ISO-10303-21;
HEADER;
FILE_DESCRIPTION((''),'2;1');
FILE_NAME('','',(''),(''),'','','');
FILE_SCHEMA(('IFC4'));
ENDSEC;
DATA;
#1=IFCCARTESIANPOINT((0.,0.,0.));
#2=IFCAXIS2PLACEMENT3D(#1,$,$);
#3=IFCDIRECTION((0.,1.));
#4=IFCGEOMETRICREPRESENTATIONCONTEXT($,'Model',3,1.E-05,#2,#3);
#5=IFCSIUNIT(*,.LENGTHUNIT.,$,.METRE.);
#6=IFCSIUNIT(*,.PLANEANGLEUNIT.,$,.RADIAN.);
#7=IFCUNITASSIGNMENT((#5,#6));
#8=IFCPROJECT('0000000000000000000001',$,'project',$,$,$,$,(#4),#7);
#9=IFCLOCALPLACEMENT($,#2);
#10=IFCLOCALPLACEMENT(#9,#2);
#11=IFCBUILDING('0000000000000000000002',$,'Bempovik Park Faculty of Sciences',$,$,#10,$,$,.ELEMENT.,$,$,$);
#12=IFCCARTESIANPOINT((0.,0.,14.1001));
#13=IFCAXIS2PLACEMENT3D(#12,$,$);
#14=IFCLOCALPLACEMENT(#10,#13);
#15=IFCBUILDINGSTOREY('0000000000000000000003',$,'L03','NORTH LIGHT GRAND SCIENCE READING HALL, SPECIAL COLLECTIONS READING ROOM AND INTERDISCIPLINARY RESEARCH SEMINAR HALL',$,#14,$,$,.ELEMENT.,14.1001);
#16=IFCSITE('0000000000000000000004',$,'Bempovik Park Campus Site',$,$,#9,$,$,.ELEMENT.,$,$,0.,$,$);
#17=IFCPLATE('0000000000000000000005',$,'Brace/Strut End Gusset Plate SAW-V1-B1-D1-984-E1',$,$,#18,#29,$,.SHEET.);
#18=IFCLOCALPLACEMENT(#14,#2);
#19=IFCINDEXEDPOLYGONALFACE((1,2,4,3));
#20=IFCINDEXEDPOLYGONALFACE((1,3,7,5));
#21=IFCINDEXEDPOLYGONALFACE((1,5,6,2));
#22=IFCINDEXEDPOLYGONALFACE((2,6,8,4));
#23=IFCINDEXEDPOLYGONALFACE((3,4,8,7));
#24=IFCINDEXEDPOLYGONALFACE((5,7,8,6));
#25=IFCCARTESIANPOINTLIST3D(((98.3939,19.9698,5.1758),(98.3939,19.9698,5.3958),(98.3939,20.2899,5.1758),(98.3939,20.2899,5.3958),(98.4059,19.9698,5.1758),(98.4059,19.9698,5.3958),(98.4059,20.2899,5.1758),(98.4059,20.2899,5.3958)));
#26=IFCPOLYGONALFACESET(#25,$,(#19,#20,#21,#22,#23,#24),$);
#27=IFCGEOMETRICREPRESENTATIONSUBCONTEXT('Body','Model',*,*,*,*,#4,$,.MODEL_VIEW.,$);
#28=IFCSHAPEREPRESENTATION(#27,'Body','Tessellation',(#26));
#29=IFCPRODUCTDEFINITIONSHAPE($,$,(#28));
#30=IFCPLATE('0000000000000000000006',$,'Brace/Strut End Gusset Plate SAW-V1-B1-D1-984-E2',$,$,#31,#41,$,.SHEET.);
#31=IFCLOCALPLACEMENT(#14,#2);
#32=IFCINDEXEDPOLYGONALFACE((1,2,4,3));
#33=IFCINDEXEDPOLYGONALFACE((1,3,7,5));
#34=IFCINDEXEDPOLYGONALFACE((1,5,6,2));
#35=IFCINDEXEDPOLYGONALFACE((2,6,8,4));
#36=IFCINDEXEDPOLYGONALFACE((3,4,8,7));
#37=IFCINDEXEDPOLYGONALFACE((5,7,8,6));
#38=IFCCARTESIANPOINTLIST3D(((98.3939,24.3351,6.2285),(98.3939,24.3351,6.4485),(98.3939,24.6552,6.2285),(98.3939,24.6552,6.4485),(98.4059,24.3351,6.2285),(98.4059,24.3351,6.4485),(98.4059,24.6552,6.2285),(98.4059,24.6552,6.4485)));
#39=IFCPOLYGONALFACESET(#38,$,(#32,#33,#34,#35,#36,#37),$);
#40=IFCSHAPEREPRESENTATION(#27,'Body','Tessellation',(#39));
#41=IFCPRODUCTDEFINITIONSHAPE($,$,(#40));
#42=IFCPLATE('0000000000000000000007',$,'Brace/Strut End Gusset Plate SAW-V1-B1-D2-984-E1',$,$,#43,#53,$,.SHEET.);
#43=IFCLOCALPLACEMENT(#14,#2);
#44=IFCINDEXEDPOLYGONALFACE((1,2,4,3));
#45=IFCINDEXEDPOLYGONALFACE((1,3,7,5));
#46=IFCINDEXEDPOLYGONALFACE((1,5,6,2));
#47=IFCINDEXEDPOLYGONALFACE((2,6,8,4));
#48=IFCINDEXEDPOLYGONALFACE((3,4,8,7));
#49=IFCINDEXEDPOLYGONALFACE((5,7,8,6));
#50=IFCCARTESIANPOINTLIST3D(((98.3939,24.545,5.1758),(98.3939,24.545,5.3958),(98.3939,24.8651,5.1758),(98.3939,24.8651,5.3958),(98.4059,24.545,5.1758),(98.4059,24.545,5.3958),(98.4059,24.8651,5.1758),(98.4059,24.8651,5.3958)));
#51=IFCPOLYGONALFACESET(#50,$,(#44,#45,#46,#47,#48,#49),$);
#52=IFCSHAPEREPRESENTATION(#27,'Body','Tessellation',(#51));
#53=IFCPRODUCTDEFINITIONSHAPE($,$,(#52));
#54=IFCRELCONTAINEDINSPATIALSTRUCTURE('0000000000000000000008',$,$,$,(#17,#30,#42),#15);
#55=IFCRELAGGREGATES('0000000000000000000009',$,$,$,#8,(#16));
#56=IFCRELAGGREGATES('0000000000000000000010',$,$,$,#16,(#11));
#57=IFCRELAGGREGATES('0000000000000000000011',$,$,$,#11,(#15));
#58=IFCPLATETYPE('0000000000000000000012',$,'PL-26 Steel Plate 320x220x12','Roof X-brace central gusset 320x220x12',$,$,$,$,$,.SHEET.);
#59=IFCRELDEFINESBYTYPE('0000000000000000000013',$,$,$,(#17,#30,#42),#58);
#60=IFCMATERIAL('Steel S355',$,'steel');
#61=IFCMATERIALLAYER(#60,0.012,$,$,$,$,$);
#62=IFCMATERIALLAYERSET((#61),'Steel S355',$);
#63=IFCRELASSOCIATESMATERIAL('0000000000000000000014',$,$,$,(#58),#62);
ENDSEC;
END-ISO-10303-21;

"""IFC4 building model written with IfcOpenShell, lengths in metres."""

from ifc_helpers import new_model, si_unit, direction, frame, origin, origin_2d, place, context, subcontext, project, spatial, rectangle, extrude, material, layer, layer_set, type_object, element, save


model = new_model("IFC4")

# Units and contexts
model_context = context("Model", 3, precision=1e-05, world=origin(), true_north=direction((0.0, 1.0)))
body_context = subcontext(model_context, "Body", "Model", "MODEL_VIEW")
ifc_project = project(units=[si_unit("LENGTHUNIT", "METRE"), si_unit("PLANEANGLEUNIT", "RADIAN")], contexts=[model_context])

# Site, building, storey
site_placement = place(None, origin())
site = spatial("IfcSite", under=ifc_project, at=site_placement, Name="Bempovik Park Campus Site", CompositionType="ELEMENT", RefElevation=0.0)
building_placement = place(site_placement, origin())
building = spatial("IfcBuilding", under=site, at=building_placement, Name="Bempovik Park Faculty of Sciences", CompositionType="ELEMENT")
storey_placement = place(building_placement, frame((0.0, 0.0, 14.1001)))
storey = spatial("IfcBuildingStorey", under=building, at=storey_placement, Name="L03", Description="NORTH LIGHT GRAND SCIENCE READING HALL, SPECIAL COLLECTIONS READING ROOM AND INTERDISCIPLINARY RESEARCH SEMINAR HALL", CompositionType="ELEMENT", Elevation=14.1001)

# Shared definitions
ifc_material_1 = material(Name="Steel S355", Category="steel")

# Plates
ifc_layer_1 = layer(ifc_material_1, 0.012)
ifc_layer_set_1 = layer_set([ifc_layer_1], Name="Steel S355")
plate_type_1 = type_object("IfcPlateType", Name="PL-26 Steel Plate 320x220x12", Description="Roof X-brace central gusset 320x220x12", PredefinedType="SHEET", material=ifc_layer_set_1)
for number, where, z_axis, x_axis, name in (
    (1, (98.3999, 20.1299, 5.1758), (0.0, 0.0, 1.0), (1.0, 0.0, 0.0), "Brace/Strut End Gusset Plate SAW-V1-B1-D1-984-E1"),
    (2, (98.3999, 24.4951, 6.2285), (0.0, 0.0, 1.0), (1.0, 0.0, 0.0), "Brace/Strut End Gusset Plate SAW-V1-B1-D1-984-E2"),
    (3, (98.3999, 24.7051, 5.1758), (0.0, 0.0, 1.0), (1.0, 0.0, 0.0), "Brace/Strut End Gusset Plate SAW-V1-B1-D2-984-E1"),
):
    element("IfcPlate", number, at=place(storey_placement, frame(where, z_axis=z_axis, x_axis=x_axis)), inside=storey, type_object=plate_type_1, Name=name, PredefinedType="SHEET", context=body_context, shape_type="SweptSolid", body=[
        extrude(rectangle(XDim=0.012, YDim=0.3201, at=origin_2d()), origin(), (0.0, 0.0, 1.0), 0.22),
    ])

save(model, "model.ifc")
